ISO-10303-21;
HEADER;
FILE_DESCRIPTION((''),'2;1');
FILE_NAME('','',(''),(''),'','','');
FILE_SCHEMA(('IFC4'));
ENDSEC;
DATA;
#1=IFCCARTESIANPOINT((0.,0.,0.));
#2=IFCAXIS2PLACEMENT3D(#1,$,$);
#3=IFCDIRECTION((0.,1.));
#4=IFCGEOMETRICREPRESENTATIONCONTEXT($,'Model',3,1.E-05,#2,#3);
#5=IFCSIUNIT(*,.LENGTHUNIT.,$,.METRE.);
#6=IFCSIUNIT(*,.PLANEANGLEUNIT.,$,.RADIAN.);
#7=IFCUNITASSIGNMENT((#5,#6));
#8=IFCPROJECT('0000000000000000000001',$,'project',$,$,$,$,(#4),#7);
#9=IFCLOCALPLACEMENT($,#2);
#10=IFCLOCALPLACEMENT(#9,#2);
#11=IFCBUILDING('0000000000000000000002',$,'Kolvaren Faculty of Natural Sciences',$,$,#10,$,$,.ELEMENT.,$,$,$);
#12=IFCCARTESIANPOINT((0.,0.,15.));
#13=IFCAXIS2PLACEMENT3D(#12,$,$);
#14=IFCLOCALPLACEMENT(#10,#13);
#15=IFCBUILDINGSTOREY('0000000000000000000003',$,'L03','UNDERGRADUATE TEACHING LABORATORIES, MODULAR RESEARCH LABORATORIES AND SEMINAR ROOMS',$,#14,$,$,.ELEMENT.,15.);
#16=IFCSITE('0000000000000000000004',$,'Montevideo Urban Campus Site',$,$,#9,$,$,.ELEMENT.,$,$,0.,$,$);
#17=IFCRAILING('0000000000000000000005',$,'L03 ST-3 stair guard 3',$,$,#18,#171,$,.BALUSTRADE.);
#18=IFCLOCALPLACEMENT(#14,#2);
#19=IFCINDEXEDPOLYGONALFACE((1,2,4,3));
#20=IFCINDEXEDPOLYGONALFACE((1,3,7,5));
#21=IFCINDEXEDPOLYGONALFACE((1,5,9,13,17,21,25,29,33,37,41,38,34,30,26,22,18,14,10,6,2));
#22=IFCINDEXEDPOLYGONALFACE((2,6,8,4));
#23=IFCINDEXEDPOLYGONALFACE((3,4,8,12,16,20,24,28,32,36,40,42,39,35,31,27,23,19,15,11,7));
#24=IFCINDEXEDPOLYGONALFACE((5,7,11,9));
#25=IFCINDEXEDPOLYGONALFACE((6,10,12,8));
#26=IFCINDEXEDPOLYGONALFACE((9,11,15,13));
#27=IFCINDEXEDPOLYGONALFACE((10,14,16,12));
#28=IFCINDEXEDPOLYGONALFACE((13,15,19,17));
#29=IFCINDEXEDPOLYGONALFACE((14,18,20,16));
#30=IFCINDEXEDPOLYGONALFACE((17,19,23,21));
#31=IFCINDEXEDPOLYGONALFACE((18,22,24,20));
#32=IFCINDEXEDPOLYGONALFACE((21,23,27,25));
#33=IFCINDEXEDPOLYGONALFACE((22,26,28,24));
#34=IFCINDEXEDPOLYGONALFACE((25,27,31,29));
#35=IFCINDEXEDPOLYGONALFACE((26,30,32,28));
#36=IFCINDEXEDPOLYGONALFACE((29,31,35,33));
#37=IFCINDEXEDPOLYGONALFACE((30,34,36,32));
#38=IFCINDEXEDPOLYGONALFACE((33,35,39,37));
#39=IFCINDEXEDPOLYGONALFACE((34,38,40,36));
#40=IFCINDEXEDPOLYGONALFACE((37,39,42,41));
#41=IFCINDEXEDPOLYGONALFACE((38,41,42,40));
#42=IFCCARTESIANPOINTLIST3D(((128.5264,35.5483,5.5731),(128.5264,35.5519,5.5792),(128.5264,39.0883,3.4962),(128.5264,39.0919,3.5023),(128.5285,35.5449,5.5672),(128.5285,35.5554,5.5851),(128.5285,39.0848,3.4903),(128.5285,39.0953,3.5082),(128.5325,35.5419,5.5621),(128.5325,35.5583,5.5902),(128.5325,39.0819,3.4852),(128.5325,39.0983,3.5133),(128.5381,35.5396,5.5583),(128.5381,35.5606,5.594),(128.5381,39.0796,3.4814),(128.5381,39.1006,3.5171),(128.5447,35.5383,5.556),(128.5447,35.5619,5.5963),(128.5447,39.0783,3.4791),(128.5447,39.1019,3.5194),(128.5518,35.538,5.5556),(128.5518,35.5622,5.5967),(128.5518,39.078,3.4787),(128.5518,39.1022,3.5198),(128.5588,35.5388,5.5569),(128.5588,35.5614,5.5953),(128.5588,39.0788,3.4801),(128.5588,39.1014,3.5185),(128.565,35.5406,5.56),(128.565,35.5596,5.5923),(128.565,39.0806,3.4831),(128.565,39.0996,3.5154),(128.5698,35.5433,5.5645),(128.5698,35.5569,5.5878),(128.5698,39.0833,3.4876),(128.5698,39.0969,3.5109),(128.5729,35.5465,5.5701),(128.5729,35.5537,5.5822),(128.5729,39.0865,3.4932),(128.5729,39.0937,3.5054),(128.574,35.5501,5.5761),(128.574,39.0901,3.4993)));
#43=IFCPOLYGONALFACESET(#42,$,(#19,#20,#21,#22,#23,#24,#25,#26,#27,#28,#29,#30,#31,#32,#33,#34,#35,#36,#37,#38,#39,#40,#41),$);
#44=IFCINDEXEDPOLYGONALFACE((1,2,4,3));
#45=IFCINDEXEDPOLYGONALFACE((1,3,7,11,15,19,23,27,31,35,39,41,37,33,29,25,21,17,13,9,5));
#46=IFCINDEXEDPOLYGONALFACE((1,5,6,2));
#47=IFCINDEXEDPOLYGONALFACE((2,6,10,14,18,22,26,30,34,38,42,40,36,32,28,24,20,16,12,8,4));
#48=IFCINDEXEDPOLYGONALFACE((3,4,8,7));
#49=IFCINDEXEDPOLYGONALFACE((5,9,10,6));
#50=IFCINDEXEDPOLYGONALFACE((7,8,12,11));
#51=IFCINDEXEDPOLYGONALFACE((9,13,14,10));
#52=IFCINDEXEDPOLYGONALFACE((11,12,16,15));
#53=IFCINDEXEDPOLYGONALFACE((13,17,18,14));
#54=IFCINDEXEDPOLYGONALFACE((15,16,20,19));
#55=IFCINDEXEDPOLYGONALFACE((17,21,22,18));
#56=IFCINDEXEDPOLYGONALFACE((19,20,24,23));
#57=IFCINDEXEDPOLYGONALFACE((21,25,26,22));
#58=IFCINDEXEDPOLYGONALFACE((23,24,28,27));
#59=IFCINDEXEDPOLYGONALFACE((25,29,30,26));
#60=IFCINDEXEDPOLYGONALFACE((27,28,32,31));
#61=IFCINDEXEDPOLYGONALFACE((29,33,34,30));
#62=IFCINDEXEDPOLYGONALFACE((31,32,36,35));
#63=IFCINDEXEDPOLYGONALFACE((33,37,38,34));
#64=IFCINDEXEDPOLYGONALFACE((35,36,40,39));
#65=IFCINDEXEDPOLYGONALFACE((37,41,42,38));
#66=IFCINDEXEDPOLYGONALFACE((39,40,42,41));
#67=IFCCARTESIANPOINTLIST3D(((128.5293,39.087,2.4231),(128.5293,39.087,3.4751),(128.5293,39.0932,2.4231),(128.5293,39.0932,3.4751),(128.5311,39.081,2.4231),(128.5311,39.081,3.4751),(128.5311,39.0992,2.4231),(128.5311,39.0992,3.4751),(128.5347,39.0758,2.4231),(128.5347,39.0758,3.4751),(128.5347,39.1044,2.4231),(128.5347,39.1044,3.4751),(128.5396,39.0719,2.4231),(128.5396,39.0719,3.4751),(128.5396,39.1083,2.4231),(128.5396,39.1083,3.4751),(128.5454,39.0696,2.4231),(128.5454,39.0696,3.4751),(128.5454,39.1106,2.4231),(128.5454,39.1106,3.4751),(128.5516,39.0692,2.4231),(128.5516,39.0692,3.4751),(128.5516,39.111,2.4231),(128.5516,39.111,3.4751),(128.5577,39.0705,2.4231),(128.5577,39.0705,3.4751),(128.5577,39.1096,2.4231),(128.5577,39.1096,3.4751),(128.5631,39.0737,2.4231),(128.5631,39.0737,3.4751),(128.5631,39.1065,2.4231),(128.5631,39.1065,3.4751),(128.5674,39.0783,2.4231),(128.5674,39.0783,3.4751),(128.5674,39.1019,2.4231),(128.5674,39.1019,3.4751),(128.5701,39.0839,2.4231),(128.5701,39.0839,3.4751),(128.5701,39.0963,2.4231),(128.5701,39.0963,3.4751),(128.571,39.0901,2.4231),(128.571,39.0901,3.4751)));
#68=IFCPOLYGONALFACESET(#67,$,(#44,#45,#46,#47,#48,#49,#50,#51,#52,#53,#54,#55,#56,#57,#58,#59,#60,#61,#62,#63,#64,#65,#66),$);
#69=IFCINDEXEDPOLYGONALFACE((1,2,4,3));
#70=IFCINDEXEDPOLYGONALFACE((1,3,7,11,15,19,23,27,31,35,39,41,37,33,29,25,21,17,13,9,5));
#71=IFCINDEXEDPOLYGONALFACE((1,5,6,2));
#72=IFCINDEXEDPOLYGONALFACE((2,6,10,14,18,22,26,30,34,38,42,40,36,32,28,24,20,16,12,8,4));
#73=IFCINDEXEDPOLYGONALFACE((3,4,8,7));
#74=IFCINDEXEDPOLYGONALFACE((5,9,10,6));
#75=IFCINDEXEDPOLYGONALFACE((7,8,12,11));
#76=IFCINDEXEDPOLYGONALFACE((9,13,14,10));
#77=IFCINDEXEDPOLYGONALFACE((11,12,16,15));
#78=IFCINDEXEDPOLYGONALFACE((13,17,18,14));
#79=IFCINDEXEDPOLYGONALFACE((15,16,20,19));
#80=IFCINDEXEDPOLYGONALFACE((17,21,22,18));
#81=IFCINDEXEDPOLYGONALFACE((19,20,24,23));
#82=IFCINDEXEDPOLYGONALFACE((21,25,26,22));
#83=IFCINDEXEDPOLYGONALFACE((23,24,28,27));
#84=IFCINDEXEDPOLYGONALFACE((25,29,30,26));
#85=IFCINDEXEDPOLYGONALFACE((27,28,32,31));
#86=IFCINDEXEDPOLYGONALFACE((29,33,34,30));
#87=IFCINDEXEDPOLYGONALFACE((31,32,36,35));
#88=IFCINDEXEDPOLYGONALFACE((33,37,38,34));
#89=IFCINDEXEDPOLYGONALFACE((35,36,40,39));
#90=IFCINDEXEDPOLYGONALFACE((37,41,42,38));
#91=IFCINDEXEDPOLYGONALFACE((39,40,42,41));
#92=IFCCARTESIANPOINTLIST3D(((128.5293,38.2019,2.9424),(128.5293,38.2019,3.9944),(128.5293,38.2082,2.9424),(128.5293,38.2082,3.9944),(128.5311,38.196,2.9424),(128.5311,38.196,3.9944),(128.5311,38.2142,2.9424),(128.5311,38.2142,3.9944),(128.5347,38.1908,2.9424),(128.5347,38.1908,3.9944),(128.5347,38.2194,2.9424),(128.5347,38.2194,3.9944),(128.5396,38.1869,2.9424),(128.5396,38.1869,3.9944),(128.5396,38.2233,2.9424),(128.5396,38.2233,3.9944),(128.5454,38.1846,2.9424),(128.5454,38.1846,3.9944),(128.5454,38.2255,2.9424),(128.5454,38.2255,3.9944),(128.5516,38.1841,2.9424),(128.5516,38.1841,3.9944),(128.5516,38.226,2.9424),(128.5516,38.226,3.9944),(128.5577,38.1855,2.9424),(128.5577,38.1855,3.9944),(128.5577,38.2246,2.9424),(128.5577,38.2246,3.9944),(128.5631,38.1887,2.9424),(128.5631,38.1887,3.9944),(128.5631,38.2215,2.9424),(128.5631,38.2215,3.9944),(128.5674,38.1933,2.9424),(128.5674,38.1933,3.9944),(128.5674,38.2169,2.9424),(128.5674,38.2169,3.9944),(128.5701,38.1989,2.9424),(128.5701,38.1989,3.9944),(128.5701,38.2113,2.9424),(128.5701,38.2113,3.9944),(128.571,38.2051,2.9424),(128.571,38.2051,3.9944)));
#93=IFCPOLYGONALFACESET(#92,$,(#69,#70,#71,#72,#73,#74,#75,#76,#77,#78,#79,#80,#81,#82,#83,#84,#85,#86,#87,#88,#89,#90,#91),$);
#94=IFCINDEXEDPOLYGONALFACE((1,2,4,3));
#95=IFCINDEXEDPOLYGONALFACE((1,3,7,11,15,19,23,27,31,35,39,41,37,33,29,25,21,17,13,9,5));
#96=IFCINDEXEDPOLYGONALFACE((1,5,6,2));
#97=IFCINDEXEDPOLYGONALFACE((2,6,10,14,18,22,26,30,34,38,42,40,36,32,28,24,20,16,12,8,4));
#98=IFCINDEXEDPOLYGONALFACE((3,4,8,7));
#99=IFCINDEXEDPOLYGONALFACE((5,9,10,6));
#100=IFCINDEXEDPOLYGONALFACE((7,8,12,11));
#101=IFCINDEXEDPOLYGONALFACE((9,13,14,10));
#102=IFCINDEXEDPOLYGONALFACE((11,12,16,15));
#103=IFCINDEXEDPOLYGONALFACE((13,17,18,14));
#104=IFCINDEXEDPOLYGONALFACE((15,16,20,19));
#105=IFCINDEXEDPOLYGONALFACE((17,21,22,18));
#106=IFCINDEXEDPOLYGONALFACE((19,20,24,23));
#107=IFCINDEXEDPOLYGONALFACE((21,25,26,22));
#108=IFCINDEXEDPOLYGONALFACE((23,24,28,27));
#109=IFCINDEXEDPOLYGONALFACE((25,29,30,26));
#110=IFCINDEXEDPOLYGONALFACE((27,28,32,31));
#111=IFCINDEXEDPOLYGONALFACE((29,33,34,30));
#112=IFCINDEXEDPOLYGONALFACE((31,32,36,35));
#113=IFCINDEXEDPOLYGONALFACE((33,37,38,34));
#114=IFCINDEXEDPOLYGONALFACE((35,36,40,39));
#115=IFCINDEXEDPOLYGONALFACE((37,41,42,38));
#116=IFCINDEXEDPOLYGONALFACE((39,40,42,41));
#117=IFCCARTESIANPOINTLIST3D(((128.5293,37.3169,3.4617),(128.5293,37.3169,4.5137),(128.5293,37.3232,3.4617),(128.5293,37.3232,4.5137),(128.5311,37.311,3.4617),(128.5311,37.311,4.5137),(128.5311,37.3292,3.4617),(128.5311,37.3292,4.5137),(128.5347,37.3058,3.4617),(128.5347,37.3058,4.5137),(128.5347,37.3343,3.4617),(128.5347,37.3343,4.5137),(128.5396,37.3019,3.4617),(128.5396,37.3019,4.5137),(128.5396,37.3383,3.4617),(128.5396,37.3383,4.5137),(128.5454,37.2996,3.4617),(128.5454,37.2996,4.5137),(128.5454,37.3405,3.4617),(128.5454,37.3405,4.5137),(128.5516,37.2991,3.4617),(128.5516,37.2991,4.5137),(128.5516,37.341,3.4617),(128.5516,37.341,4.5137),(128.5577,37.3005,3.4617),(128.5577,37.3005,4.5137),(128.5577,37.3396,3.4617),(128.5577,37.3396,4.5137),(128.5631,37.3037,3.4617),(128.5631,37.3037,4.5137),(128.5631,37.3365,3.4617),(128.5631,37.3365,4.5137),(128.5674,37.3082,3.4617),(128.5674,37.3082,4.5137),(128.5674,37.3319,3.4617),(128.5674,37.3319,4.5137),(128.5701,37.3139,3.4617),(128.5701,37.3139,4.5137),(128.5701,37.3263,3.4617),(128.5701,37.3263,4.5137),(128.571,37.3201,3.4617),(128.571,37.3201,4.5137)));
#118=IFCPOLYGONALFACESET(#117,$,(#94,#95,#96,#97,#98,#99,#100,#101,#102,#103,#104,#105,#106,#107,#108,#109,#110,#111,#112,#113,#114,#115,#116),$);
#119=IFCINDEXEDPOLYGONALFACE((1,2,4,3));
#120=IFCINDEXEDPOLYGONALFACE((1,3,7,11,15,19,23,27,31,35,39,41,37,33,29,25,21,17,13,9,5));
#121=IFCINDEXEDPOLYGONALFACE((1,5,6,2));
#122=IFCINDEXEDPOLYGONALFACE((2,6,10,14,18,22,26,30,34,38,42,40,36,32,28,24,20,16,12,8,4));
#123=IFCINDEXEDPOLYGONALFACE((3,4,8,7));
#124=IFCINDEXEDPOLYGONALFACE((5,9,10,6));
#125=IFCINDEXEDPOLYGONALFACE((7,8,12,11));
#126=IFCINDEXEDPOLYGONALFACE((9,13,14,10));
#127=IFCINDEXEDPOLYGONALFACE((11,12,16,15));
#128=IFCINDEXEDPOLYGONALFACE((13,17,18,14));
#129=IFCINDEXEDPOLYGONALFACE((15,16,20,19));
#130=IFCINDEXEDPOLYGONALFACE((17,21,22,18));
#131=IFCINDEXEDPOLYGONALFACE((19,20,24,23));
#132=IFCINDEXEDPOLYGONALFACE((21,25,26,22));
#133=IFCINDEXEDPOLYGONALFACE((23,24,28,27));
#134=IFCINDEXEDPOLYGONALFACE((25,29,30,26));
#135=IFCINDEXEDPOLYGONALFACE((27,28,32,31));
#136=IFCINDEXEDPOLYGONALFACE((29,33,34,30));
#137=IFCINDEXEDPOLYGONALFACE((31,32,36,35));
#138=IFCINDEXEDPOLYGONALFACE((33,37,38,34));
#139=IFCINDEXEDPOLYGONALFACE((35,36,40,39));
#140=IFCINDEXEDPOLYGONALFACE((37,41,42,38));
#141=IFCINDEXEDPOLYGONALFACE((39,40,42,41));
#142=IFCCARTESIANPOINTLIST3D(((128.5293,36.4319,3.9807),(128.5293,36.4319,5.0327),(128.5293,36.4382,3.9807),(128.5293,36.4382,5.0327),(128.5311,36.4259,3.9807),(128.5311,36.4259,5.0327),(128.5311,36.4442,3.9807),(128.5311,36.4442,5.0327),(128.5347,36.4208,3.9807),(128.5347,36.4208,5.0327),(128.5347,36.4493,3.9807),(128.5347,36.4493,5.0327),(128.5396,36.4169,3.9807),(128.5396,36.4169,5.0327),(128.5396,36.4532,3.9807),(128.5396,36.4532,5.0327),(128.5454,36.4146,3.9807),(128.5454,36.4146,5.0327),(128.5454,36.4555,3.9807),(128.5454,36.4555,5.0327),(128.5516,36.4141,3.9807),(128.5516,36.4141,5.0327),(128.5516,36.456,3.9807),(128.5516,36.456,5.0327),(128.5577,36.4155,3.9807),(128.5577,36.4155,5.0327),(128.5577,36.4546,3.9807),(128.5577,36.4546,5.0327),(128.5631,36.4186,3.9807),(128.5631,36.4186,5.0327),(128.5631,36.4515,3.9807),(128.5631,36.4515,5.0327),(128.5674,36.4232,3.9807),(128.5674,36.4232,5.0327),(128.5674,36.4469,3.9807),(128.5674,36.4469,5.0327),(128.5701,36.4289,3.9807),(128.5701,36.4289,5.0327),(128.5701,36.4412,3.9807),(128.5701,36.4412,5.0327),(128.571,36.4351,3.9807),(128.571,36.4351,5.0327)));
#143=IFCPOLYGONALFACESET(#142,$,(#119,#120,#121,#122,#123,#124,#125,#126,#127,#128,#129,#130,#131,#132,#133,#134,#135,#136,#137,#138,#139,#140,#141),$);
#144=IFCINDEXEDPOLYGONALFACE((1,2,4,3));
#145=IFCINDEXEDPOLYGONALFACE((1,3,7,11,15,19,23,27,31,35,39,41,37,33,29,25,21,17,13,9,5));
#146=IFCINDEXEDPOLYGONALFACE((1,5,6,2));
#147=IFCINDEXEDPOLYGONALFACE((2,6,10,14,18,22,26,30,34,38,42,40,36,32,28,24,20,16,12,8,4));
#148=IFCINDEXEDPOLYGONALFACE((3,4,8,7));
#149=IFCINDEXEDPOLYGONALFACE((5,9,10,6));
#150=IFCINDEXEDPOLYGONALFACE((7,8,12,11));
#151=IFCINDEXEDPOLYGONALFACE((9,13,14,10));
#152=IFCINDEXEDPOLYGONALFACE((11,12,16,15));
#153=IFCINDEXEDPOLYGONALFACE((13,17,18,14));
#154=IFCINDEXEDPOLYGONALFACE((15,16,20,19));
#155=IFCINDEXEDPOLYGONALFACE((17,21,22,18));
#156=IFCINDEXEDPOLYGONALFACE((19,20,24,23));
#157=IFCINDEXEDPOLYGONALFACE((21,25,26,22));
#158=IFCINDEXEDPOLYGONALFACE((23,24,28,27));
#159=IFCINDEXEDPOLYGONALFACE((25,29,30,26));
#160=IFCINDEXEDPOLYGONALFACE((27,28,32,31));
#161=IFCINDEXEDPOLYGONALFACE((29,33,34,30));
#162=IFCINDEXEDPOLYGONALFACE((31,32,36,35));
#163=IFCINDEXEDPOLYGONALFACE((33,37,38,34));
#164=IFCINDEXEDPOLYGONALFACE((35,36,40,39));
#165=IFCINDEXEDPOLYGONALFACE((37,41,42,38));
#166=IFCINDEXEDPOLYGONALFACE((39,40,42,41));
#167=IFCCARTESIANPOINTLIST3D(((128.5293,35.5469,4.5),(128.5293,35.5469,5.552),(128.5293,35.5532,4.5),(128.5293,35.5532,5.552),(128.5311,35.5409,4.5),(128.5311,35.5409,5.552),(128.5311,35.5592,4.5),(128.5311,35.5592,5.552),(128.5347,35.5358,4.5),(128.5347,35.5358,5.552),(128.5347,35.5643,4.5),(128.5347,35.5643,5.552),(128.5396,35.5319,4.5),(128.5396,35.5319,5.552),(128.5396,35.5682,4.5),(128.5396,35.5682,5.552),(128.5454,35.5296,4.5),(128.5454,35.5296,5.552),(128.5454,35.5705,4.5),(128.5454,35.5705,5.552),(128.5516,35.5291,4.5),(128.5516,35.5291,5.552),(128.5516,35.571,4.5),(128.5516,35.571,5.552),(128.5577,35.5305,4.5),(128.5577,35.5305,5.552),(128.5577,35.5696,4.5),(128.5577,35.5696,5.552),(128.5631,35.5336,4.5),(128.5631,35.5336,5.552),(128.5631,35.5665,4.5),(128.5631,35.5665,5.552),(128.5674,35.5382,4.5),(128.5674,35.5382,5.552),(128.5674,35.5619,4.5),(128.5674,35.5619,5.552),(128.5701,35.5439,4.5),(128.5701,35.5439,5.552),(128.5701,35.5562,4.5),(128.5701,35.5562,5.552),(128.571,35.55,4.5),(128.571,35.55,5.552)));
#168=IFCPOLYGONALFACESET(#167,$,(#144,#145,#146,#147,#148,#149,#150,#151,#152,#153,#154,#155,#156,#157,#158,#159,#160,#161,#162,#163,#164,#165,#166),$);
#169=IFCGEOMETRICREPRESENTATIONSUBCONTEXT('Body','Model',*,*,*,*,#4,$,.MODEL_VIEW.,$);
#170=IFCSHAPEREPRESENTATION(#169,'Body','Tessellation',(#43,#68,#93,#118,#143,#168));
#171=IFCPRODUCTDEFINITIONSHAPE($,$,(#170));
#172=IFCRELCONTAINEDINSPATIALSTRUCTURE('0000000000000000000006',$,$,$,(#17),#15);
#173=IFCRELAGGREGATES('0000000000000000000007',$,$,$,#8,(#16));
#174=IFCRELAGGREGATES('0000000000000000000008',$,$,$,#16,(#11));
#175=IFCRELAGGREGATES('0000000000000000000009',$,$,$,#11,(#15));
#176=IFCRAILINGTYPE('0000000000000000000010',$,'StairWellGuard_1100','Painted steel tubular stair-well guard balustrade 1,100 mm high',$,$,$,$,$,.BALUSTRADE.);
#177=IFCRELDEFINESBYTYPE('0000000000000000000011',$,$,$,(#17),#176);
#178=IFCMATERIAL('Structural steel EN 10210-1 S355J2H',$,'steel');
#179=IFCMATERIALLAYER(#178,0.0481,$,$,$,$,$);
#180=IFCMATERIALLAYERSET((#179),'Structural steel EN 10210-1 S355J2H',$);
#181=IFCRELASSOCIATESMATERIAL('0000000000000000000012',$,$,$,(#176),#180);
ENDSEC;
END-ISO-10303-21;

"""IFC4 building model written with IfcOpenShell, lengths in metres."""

from ifc_helpers import new_model, si_unit, direction, frame, origin, origin_2d, place, context, subcontext, project, spatial, circle, extrude, material, layer, layer_set, type_object, element, save


model = new_model("IFC4")

# Units and contexts
model_context = context("Model", 3, precision=1e-05, world=origin(), true_north=direction((0.0, 1.0)))
body_context = subcontext(model_context, "Body", "Model", "MODEL_VIEW")
ifc_project = project(units=[si_unit("LENGTHUNIT", "METRE"), si_unit("PLANEANGLEUNIT", "RADIAN")], contexts=[model_context])

# Site, building, storey
site_placement = place(None, origin())
site = spatial("IfcSite", under=ifc_project, at=site_placement, Name="Montevideo Urban Campus Site", CompositionType="ELEMENT", RefElevation=0.0)
building_placement = place(site_placement, origin())
building = spatial("IfcBuilding", under=site, at=building_placement, Name="Kolvaren Faculty of Natural Sciences", CompositionType="ELEMENT")
storey_placement = place(building_placement, frame((0.0, 0.0, 15.0)))
storey = spatial("IfcBuildingStorey", under=building, at=storey_placement, Name="L03", Description="UNDERGRADUATE TEACHING LABORATORIES, MODULAR RESEARCH LABORATORIES AND SEMINAR ROOMS", CompositionType="ELEMENT", Elevation=15.0)

# Railing
ifc_material_1 = material(Name="Structural steel EN 10210-1 S355J2H", Category="steel")
ifc_layer_1 = layer(ifc_material_1, 0.0481)
ifc_layer_set_1 = layer_set([ifc_layer_1], Name="Structural steel EN 10210-1 S355J2H")
railing_type_1 = type_object("IfcRailingType", Name="StairWellGuard_1100", Description="Painted steel tubular stair-well guard balustrade 1,100 mm high", PredefinedType="BALUSTRADE", material=ifc_layer_set_1)
railing_1_placement = place(storey_placement, frame((128.55, 39.0901, 2.4231)))
element("IfcRailing", 1, at=railing_1_placement, inside=storey, type_object=railing_type_1, Name="L03 ST-3 stair guard 3", PredefinedType="BALUSTRADE", context=body_context, shape_type="SweptSolid", body=[
    extrude(circle(Radius=0.0239, at=origin_2d()), frame((0.0, 0.0, 1.0762), z_axis=(0.0, -0.862516, 0.506029), x_axis=(1.0, 0.0, 0.0)), (0.0, 0.0, 1.0), 4.1042),
    extrude(circle(Radius=0.021, at=origin_2d()), origin(), (0.0, 0.0, 1.0), 1.052),
    extrude(circle(Radius=0.021, at=origin_2d()), frame((0.0, -0.885, 0.5193)), (0.0, 0.0, 1.0), 1.052),
    extrude(circle(Radius=0.021, at=origin_2d()), frame((0.0, -1.77, 1.0386)), (0.0, 0.0, 1.0), 1.052),
    extrude(circle(Radius=0.021, at=origin_2d()), frame((0.0, -2.655, 1.5576)), (0.0, 0.0, 1.0), 1.052),
    extrude(circle(Radius=0.021, at=origin_2d()), frame((0.0, -3.54, 2.0769)), (0.0, 0.0, 1.0), 1.052),
])

save(model, "model.ifc")
